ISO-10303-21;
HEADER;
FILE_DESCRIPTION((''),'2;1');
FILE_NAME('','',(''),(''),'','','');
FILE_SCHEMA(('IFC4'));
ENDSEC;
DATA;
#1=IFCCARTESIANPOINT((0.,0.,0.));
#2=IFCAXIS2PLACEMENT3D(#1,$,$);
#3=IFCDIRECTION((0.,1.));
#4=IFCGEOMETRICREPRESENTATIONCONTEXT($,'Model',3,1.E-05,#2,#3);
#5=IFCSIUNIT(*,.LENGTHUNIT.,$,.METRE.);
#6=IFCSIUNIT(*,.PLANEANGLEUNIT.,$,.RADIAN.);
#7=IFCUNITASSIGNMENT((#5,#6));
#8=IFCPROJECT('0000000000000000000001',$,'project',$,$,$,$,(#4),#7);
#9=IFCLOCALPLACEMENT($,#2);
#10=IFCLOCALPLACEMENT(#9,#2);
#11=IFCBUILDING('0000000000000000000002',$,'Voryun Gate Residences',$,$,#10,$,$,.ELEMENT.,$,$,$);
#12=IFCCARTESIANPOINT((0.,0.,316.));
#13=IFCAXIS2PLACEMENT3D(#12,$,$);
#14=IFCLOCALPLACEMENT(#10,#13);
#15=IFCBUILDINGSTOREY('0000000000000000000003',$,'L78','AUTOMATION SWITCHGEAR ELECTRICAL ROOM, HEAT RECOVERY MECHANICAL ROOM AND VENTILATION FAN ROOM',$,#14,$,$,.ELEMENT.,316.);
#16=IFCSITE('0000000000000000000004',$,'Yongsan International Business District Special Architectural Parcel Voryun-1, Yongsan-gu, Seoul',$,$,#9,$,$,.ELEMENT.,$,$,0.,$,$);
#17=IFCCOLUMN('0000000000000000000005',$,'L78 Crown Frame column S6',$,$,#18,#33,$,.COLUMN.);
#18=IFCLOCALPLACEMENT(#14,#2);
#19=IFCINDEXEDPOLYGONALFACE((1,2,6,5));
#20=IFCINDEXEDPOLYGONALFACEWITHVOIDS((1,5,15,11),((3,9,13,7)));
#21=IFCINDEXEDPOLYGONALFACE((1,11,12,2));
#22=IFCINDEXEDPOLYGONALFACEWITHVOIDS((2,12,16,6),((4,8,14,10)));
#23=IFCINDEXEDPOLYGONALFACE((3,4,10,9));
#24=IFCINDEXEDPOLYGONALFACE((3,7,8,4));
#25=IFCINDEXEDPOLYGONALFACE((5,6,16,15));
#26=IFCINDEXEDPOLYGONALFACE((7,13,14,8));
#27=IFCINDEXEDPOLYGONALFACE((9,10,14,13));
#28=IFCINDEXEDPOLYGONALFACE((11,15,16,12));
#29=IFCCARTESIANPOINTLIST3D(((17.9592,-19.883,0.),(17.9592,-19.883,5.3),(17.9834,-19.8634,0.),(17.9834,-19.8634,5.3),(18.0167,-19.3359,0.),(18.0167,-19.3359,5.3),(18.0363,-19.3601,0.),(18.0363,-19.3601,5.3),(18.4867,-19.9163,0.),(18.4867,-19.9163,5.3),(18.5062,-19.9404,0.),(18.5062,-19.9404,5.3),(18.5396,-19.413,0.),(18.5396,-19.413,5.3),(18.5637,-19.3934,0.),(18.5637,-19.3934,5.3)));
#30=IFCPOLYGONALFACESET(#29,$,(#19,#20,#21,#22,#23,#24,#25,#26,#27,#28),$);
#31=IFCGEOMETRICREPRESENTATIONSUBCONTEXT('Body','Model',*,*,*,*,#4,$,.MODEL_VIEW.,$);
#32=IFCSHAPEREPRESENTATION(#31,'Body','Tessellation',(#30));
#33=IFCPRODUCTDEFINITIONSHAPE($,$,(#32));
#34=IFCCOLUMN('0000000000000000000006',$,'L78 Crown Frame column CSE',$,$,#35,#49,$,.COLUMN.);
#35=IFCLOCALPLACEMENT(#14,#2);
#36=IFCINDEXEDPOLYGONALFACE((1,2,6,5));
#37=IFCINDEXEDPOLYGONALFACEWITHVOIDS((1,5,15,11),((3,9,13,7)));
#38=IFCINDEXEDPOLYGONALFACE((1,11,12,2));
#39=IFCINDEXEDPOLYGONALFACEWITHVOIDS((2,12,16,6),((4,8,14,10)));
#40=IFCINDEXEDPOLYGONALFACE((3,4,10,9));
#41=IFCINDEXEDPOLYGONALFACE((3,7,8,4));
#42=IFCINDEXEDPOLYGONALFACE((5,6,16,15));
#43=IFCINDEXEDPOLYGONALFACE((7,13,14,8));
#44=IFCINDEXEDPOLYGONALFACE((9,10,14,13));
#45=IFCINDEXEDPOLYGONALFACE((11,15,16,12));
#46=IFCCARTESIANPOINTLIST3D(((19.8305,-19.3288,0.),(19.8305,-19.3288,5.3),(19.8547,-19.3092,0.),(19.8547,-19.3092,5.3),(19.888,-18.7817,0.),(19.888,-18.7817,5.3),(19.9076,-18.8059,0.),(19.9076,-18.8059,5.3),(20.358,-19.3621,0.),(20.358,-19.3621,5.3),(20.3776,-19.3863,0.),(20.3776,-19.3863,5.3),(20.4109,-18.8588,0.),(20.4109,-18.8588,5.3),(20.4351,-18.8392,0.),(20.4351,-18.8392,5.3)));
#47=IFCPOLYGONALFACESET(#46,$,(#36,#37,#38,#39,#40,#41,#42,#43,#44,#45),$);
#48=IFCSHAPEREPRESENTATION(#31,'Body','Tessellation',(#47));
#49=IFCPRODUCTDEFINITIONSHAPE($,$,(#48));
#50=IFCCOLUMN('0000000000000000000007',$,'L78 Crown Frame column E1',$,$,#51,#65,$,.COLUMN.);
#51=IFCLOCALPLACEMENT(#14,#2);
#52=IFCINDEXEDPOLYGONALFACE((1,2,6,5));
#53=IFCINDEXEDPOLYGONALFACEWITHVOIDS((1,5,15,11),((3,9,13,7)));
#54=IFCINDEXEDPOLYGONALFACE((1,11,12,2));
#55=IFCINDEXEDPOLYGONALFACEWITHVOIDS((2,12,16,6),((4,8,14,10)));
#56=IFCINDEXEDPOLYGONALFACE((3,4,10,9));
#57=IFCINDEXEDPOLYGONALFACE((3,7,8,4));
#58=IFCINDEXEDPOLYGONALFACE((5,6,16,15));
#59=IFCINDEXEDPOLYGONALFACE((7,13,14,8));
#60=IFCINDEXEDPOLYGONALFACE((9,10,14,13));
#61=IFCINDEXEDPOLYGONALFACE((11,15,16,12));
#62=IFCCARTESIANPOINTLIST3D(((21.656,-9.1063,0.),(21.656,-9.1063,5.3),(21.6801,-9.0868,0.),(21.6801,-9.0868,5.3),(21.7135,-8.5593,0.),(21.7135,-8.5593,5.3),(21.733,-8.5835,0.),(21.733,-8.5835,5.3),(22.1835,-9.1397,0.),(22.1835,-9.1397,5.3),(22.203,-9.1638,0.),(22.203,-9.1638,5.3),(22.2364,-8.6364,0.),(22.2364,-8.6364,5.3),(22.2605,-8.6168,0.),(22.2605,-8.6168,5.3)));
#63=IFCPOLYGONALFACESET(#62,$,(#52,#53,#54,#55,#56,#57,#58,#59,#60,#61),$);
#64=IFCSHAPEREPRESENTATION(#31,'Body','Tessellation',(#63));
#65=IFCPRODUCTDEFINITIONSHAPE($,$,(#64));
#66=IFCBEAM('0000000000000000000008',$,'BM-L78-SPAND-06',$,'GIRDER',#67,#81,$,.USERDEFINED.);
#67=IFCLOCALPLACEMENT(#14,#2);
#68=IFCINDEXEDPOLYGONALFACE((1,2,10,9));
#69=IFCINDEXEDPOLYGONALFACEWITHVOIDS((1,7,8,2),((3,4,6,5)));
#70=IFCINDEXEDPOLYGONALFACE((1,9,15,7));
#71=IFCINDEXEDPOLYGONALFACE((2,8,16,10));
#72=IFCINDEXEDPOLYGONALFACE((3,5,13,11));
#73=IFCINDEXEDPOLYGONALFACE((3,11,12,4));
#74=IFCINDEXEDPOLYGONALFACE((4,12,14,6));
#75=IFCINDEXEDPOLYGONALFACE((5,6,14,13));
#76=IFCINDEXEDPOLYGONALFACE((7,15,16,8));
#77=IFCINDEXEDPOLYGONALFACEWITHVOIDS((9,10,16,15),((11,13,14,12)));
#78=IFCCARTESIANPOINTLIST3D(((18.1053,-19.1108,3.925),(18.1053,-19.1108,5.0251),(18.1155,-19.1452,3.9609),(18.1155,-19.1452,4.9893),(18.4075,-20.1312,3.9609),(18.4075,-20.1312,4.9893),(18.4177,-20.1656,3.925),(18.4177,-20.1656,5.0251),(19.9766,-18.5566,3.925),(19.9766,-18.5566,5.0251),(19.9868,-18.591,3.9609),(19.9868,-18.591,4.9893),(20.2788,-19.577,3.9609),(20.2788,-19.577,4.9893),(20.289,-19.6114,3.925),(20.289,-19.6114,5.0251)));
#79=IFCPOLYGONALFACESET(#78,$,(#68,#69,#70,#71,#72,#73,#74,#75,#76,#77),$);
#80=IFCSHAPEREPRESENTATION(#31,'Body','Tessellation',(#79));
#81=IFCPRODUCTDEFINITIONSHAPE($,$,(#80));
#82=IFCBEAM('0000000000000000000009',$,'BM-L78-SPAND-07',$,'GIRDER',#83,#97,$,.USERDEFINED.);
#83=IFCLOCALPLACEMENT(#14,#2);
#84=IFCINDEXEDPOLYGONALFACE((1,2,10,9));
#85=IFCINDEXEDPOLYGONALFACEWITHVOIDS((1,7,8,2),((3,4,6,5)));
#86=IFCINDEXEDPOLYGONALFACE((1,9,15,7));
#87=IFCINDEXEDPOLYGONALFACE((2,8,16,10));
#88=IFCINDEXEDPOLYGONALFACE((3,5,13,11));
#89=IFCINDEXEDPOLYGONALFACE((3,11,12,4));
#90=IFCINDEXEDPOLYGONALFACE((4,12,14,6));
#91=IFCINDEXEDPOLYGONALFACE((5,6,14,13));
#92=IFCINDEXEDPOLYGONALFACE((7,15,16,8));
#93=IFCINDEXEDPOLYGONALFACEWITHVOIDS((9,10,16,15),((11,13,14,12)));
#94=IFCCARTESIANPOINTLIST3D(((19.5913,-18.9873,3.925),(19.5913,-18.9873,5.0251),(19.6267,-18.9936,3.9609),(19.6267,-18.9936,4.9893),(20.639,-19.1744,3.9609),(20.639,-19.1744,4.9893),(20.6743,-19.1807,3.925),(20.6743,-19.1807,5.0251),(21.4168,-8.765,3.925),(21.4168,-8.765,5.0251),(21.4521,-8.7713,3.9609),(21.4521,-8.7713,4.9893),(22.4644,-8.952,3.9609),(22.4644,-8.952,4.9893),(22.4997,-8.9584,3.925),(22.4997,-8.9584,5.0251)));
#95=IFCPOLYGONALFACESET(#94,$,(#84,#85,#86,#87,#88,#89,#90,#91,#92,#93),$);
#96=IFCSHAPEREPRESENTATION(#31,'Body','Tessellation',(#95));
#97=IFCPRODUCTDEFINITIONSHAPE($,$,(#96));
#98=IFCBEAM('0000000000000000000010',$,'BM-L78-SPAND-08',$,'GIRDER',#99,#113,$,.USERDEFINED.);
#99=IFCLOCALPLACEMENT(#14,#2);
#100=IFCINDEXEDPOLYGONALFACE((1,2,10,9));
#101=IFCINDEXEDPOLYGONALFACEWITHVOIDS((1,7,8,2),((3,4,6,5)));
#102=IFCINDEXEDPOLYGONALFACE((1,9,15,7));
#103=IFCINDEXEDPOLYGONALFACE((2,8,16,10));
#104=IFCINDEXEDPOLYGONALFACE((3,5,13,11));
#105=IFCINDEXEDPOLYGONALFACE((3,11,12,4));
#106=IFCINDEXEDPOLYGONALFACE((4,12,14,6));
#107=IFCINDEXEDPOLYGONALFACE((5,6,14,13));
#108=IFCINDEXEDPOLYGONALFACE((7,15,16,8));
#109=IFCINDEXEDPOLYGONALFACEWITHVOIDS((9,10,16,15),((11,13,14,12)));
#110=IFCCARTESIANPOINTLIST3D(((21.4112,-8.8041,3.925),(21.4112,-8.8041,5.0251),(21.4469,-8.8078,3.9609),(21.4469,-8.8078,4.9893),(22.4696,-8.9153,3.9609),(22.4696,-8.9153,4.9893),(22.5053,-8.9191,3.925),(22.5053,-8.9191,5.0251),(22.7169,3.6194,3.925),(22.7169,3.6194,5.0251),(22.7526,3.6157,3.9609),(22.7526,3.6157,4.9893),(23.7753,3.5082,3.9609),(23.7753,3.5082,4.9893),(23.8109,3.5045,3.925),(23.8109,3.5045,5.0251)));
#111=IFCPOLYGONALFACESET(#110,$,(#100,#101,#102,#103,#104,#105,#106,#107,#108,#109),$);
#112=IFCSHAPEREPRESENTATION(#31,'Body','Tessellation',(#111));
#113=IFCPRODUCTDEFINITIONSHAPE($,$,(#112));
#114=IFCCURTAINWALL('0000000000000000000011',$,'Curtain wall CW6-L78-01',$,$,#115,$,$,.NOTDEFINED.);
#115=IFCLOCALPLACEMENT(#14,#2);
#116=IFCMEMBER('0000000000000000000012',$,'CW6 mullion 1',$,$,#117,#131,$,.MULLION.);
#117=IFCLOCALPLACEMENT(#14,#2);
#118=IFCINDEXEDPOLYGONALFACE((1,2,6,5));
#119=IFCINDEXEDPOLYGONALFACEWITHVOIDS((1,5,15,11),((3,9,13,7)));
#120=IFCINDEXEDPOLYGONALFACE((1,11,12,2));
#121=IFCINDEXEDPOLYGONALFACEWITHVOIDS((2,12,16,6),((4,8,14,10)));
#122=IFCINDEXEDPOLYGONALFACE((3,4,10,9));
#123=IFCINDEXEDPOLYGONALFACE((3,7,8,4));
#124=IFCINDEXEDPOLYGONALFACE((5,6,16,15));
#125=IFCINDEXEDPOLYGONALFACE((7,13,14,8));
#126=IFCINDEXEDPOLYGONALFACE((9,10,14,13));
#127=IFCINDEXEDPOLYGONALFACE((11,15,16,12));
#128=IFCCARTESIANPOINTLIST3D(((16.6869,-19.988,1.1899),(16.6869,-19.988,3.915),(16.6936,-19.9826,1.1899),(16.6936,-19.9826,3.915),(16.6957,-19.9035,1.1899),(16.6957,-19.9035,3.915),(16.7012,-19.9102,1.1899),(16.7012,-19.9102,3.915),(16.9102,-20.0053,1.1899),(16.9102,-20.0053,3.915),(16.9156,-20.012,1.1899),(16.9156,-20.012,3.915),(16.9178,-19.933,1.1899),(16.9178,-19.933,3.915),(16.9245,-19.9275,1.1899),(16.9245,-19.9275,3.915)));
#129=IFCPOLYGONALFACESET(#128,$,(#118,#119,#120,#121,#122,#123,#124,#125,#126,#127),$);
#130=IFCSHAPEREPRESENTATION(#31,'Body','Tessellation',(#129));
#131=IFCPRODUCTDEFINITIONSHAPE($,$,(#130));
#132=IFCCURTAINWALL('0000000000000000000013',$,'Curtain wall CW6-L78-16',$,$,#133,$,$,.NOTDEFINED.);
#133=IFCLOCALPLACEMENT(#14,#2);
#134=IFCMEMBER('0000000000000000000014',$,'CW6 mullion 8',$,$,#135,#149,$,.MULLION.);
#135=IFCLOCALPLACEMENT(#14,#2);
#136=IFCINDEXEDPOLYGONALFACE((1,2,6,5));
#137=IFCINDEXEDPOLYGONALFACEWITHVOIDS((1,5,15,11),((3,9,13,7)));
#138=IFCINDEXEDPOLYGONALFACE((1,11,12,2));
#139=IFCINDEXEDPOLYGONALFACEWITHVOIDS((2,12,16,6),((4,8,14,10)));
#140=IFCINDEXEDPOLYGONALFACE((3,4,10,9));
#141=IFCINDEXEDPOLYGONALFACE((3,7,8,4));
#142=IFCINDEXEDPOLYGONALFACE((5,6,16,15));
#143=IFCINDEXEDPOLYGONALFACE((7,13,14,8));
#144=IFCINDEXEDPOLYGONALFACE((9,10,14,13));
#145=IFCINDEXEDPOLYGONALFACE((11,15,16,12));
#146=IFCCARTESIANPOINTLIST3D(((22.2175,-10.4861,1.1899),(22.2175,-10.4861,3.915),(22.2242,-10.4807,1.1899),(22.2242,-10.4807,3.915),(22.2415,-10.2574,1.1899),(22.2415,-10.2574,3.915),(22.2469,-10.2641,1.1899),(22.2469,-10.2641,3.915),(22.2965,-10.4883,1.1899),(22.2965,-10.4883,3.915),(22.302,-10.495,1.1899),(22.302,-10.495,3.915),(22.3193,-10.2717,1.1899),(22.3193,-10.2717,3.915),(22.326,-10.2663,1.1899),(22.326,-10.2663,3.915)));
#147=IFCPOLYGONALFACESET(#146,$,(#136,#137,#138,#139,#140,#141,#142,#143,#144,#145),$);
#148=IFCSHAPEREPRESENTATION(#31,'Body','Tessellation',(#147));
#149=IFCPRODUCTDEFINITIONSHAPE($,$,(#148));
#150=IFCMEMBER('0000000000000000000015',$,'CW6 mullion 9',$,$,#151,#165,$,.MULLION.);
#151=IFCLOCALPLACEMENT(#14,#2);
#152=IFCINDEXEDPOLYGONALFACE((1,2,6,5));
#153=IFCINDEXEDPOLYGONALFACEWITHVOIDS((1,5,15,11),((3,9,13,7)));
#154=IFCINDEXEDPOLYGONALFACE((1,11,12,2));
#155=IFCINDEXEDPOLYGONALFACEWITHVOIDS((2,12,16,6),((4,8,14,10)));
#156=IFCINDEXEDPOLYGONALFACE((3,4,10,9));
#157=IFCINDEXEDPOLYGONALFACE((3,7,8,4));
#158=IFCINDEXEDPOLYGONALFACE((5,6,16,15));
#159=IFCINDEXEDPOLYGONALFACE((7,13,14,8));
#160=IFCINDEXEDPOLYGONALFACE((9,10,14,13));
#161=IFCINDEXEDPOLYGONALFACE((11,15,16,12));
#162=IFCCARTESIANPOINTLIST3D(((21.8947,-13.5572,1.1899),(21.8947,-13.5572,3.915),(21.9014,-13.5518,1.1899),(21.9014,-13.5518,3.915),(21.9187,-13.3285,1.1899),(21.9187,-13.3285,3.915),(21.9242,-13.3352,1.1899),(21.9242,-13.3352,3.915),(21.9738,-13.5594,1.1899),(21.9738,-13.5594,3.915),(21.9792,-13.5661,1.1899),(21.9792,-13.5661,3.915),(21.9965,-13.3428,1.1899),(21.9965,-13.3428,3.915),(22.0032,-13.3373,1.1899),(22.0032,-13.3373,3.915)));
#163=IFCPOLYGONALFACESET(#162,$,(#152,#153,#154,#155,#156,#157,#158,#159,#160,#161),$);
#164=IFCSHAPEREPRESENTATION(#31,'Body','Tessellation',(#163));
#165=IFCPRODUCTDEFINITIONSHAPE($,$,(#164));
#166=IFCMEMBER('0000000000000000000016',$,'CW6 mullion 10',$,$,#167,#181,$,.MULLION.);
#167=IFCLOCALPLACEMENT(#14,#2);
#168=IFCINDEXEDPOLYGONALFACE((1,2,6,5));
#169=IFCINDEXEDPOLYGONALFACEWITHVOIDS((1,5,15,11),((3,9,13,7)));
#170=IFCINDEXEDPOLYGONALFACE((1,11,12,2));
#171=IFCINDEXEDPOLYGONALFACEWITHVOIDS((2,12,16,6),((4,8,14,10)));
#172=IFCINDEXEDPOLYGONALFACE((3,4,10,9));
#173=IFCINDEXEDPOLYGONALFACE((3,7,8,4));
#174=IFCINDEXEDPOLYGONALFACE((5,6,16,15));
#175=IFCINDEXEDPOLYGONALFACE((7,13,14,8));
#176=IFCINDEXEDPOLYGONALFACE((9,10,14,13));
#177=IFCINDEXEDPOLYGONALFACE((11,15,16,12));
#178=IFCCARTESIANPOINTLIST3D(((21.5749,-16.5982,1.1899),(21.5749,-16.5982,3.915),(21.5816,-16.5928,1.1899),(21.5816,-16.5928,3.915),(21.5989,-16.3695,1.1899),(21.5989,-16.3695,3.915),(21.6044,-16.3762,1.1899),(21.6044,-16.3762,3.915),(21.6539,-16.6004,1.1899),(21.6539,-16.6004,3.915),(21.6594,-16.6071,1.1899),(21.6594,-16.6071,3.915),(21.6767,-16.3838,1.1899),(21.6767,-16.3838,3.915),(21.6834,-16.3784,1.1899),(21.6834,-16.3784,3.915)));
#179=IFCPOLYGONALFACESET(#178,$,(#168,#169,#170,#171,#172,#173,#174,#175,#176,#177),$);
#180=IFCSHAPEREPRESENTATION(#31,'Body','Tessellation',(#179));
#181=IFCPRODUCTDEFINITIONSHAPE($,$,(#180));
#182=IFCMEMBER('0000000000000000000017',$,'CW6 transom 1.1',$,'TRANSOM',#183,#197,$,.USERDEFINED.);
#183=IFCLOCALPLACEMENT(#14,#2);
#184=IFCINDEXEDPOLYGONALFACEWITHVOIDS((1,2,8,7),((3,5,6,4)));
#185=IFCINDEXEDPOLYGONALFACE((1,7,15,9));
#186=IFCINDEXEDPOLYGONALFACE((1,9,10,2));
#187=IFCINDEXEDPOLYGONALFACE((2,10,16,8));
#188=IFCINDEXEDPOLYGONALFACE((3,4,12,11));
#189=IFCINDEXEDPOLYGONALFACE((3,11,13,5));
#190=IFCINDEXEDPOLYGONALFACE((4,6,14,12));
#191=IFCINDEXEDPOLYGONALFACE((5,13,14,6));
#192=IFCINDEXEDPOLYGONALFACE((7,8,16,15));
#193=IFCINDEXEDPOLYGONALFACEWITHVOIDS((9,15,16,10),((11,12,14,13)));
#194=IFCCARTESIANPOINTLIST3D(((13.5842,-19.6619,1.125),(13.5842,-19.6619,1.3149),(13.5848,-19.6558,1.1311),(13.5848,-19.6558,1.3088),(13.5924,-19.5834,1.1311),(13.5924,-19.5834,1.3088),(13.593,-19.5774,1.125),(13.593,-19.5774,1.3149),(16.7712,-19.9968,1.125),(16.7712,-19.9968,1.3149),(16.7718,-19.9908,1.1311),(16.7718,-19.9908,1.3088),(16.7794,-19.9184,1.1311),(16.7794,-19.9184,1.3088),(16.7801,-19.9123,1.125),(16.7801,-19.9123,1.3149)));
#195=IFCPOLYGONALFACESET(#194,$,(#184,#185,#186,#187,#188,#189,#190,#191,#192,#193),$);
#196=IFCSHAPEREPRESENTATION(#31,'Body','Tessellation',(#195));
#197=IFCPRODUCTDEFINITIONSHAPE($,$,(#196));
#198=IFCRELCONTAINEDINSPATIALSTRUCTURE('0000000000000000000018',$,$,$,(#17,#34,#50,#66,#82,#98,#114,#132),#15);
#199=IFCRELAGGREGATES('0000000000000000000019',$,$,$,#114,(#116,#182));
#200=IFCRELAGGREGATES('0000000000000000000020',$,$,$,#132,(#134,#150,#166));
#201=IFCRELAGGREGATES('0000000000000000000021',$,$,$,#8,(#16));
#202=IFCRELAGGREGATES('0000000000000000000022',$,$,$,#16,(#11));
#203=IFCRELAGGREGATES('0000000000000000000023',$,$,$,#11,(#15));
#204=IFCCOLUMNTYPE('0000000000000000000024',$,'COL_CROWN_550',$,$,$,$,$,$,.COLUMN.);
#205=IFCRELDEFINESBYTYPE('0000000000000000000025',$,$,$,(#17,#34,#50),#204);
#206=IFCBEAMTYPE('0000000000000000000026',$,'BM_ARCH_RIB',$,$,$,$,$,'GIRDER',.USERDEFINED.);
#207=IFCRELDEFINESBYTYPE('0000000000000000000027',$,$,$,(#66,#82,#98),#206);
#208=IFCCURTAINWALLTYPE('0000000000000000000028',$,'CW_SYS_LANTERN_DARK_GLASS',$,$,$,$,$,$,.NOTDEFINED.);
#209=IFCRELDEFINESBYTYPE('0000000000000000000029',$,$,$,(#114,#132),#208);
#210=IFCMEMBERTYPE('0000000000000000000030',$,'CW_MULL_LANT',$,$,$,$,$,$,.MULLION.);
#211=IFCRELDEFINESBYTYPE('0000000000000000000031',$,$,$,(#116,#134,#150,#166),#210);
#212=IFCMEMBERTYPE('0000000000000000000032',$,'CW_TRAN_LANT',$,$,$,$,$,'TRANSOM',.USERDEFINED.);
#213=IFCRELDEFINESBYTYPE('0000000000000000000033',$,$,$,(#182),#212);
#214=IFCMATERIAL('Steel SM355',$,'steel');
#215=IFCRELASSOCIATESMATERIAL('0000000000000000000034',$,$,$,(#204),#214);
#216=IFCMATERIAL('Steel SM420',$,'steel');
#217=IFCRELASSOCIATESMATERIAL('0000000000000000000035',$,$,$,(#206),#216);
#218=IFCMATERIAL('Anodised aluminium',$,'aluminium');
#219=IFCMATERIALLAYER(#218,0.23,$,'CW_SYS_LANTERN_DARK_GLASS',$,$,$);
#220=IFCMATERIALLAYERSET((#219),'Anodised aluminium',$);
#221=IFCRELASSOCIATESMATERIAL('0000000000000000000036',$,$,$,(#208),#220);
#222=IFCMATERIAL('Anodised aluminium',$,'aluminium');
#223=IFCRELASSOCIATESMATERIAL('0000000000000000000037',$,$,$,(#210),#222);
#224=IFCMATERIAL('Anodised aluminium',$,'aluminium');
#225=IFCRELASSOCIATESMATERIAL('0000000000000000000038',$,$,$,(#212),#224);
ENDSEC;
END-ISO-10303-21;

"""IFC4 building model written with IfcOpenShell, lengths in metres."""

from ifc_helpers import new_model, si_unit, direction, frame, origin, origin_2d, place, context, subcontext, project, spatial, hollow_rectangle, extrude, material, layer, layer_set, material_profile, profile_set, type_object, element, aggregate, save


model = new_model("IFC4")

# Units and contexts
model_context = context("Model", 3, precision=1e-05, world=origin(), true_north=direction((0.0, 1.0)))
body_context = subcontext(model_context, "Body", "Model", "MODEL_VIEW")
ifc_project = project(units=[si_unit("LENGTHUNIT", "METRE"), si_unit("PLANEANGLEUNIT", "RADIAN")], contexts=[model_context])

# Site, building, storey
site_placement = place(None, origin())
site = spatial("IfcSite", under=ifc_project, at=site_placement, Name="Yongsan International Business District Special Architectural Parcel Voryun-1, Yongsan-gu, Seoul", CompositionType="ELEMENT", RefElevation=0.0)
building_placement = place(site_placement, origin())
building = spatial("IfcBuilding", under=site, at=building_placement, Name="Voryun Gate Residences", CompositionType="ELEMENT")
storey_placement = place(building_placement, frame((0.0, 0.0, 316.0)))
storey = spatial("IfcBuildingStorey", under=building, at=storey_placement, Name="L78", Description="AUTOMATION SWITCHGEAR ELECTRICAL ROOM, HEAT RECOVERY MECHANICAL ROOM AND VENTILATION FAN ROOM", CompositionType="ELEMENT", Elevation=316.0)

# Columns
ifc_material_1 = material(Name="Steel SM355", Category="steel")
ifc_material_profile_1 = material_profile(ifc_material_1, hollow_rectangle(XDim=0.55, YDim=0.55, WallThickness=0.022, at=origin_2d()), Name="BOX-550x550x22")
ifc_profile_set_1 = profile_set([ifc_material_profile_1], Name="Steel SM355")
column_type = type_object("IfcColumnType", Name="COL_CROWN_550", PredefinedType="COLUMN", material=ifc_profile_set_1)
for number, where, z_axis, x_axis, name in (
    (1, (18.2615, -19.6382, 0.0), (0.0, 0.0, 1.0), (0.994522, -0.104528, 0.0), "L78 Crown Frame column S6"),
    (2, (20.1328, -19.084, 0.0), (0.0, 0.0, 1.0), (0.994522, -0.104528, 0.0), "L78 Crown Frame column CSE"),
    (3, (21.9583, -8.8616, 0.0), (0.0, 0.0, 1.0), (0.994522, -0.104528, 0.0), "L78 Crown Frame column E1"),
):
    element("IfcColumn", number, at=place(storey_placement, frame(where, z_axis=z_axis, x_axis=x_axis)), inside=storey, type_object=column_type, Name=name, PredefinedType="COLUMN", context=body_context, shape_type="SweptSolid", body=[
        extrude(hollow_rectangle(XDim=0.55, YDim=0.55, WallThickness=0.022, at=origin_2d()), origin(), (0.0, 0.0, 1.0), 5.3),
    ])

# Beams
ifc_material_2 = material(Name="Steel SM420", Category="steel")
ifc_material_profile_2 = material_profile(ifc_material_2, hollow_rectangle(XDim=1.1001, YDim=1.1001, WallThickness=0.0359, at=origin_2d()), Name="BOX-1100x1100x36")
ifc_profile_set_2 = profile_set([ifc_material_profile_2], Name="Steel SM420")
beam_type = type_object("IfcBeamType", Name="BM_ARCH_RIB", ElementType="GIRDER", PredefinedType="USERDEFINED", material=ifc_profile_set_2)
beam_1_placement = place(storey_placement, frame((18.2615, -19.6382, 4.4751), z_axis=(0.958836, 0.283961, 0.0), x_axis=(-0.283961, 0.958836, 0.0)))
element("IfcBeam", 4, at=beam_1_placement, inside=storey, type_object=beam_type, Name="BM-L78-SPAND-06", ObjectType="GIRDER", PredefinedType="USERDEFINED", context=body_context, shape_type="SweptSolid", body=[
    extrude(hollow_rectangle(XDim=1.1001, YDim=1.1001, WallThickness=0.0359, at=origin_2d()), origin(), (0.0, 0.0, 1.0), 1.9517),
])
beam_2_placement = place(storey_placement, frame((20.1328, -19.084, 4.4751), z_axis=(0.175791, 0.984427, 0.0), x_axis=(-0.984427, 0.175791, 0.0)))
element("IfcBeam", 5, at=beam_2_placement, inside=storey, type_object=beam_type, Name="BM-L78-SPAND-07", ObjectType="GIRDER", PredefinedType="USERDEFINED", context=body_context, shape_type="SweptSolid", body=[
    extrude(hollow_rectangle(XDim=1.1001, YDim=1.1001, WallThickness=0.0359, at=origin_2d()), origin(), (0.0, 0.0, 1.0), 10.384),
])
beam_3_placement = place(storey_placement, frame((21.9583, -8.8616, 4.4751), z_axis=(0.10452, 0.994523, 0.0), x_axis=(-0.994523, 0.10452, 0.0)))
element("IfcBeam", 6, at=beam_3_placement, inside=storey, type_object=beam_type, Name="BM-L78-SPAND-08", ObjectType="GIRDER", PredefinedType="USERDEFINED", context=body_context, shape_type="SweptSolid", body=[
    extrude(hollow_rectangle(XDim=1.1001, YDim=1.1001, WallThickness=0.0359, at=origin_2d()), origin(), (0.0, 0.0, 1.0), 12.4919),
])

# Curtain wall, member
ifc_material_3 = material(Name="Anodised aluminium", Category="aluminium")
ifc_layer_1 = layer(ifc_material_3, 0.23, Name="CW_SYS_LANTERN_DARK_GLASS")
ifc_layer_set_1 = layer_set([ifc_layer_1], Name="Anodised aluminium")
curtain_wall_type = type_object("IfcCurtainWallType", Name="CW_SYS_LANTERN_DARK_GLASS", PredefinedType="NOTDEFINED", material=ifc_layer_set_1)
curtain_wall_1_placement = place(storey_placement, origin())
curtain_wall_1 = element("IfcCurtainWall", 7, at=curtain_wall_1_placement, inside=storey, type_object=curtain_wall_type, Name="Curtain wall CW6-L78-01", PredefinedType="NOTDEFINED")
ifc_material_4 = material(Name="Anodised aluminium", Category="aluminium")
ifc_material_profile_3 = material_profile(ifc_material_4, hollow_rectangle(XDim=0.085, YDim=0.23, WallThickness=0.0061, at=origin_2d()), Name="ALU-MULL-230x85x6")
ifc_profile_set_3 = profile_set([ifc_material_profile_3], Name="Anodised aluminium")
member_type_1 = type_object("IfcMemberType", Name="CW_MULL_LANT", PredefinedType="MULLION", material=ifc_profile_set_3)
member_1_placement = place(storey_placement, frame((16.8057, -19.9578, 1.1899), z_axis=(0.0, 0.0, 1.0), x_axis=(-0.104528, -0.994522, 0.0)))
member_1 = element("IfcMember", 8, at=member_1_placement, type_object=member_type_1, Name="CW6 mullion 1", PredefinedType="MULLION", context=body_context, shape_type="SweptSolid", body=[
    extrude(hollow_rectangle(XDim=0.085, YDim=0.23, WallThickness=0.0061, at=origin_2d()), origin(), (0.0, 0.0, 1.0), 2.7251),
])

# Curtain wall, members
curtain_wall_2_placement = place(storey_placement, origin())
curtain_wall_2 = element("IfcCurtainWall", 9, at=curtain_wall_2_placement, inside=storey, type_object=curtain_wall_type, Name="Curtain wall CW6-L78-16", PredefinedType="NOTDEFINED")
member_2_placement = place(storey_placement, frame((22.2717, -10.3762, 1.1899), z_axis=(0.0, 0.0, 1.0), x_axis=(0.994522, -0.104528, 0.0)))
member_2 = element("IfcMember", 10, at=member_2_placement, type_object=member_type_1, Name="CW6 mullion 8", PredefinedType="MULLION", context=body_context, shape_type="SweptSolid", body=[
    extrude(hollow_rectangle(XDim=0.085, YDim=0.23, WallThickness=0.0061, at=origin_2d()), origin(), (0.0, 0.0, 1.0), 2.7251),
])
member_3_placement = place(storey_placement, frame((21.949, -13.4473, 1.1899), z_axis=(0.0, 0.0, 1.0), x_axis=(0.994522, -0.104528, 0.0)))
member_3 = element("IfcMember", 11, at=member_3_placement, type_object=member_type_1, Name="CW6 mullion 9", PredefinedType="MULLION", context=body_context, shape_type="SweptSolid", body=[
    extrude(hollow_rectangle(XDim=0.085, YDim=0.23, WallThickness=0.0061, at=origin_2d()), origin(), (0.0, 0.0, 1.0), 2.7251),
])
member_4_placement = place(storey_placement, frame((21.6292, -16.4883, 1.1899), z_axis=(0.0, 0.0, 1.0), x_axis=(0.994522, -0.104528, 0.0)))
member_4 = element("IfcMember", 12, at=member_4_placement, type_object=member_type_1, Name="CW6 mullion 10", PredefinedType="MULLION", context=body_context, shape_type="SweptSolid", body=[
    extrude(hollow_rectangle(XDim=0.085, YDim=0.23, WallThickness=0.0061, at=origin_2d()), origin(), (0.0, 0.0, 1.0), 2.7251),
])

# Member
ifc_material_5 = material(Name="Anodised aluminium", Category="aluminium")
ifc_material_profile_4 = material_profile(ifc_material_5, hollow_rectangle(XDim=0.085, YDim=0.1899, WallThickness=0.0061, at=origin_2d()), Name="ALU-TRAN-190x85x6")
ifc_profile_set_4 = profile_set([ifc_material_profile_4], Name="Anodised aluminium")
member_type_2 = type_object("IfcMemberType", Name="CW_TRAN_LANT", ElementType="TRANSOM", PredefinedType="USERDEFINED", material=ifc_profile_set_4)
member_5_placement = place(storey_placement, frame((16.7756, -19.9546, 1.22), z_axis=(-0.994522, 0.104526, 0.0), x_axis=(-0.104526, -0.994522, 0.0)))
member_5 = element("IfcMember", 13, at=member_5_placement, type_object=member_type_2, Name="CW6 transom 1.1", ObjectType="TRANSOM", PredefinedType="USERDEFINED", context=body_context, shape_type="SweptSolid", body=[
    extrude(hollow_rectangle(XDim=0.085, YDim=0.1899, WallThickness=0.0061, at=origin_2d()), origin(), (0.0, 0.0, 1.0), 3.2046),
])
aggregate(curtain_wall_1, [member_1, member_5])

aggregate(curtain_wall_2, [member_2, member_3, member_4])

save(model, "model.ifc")
